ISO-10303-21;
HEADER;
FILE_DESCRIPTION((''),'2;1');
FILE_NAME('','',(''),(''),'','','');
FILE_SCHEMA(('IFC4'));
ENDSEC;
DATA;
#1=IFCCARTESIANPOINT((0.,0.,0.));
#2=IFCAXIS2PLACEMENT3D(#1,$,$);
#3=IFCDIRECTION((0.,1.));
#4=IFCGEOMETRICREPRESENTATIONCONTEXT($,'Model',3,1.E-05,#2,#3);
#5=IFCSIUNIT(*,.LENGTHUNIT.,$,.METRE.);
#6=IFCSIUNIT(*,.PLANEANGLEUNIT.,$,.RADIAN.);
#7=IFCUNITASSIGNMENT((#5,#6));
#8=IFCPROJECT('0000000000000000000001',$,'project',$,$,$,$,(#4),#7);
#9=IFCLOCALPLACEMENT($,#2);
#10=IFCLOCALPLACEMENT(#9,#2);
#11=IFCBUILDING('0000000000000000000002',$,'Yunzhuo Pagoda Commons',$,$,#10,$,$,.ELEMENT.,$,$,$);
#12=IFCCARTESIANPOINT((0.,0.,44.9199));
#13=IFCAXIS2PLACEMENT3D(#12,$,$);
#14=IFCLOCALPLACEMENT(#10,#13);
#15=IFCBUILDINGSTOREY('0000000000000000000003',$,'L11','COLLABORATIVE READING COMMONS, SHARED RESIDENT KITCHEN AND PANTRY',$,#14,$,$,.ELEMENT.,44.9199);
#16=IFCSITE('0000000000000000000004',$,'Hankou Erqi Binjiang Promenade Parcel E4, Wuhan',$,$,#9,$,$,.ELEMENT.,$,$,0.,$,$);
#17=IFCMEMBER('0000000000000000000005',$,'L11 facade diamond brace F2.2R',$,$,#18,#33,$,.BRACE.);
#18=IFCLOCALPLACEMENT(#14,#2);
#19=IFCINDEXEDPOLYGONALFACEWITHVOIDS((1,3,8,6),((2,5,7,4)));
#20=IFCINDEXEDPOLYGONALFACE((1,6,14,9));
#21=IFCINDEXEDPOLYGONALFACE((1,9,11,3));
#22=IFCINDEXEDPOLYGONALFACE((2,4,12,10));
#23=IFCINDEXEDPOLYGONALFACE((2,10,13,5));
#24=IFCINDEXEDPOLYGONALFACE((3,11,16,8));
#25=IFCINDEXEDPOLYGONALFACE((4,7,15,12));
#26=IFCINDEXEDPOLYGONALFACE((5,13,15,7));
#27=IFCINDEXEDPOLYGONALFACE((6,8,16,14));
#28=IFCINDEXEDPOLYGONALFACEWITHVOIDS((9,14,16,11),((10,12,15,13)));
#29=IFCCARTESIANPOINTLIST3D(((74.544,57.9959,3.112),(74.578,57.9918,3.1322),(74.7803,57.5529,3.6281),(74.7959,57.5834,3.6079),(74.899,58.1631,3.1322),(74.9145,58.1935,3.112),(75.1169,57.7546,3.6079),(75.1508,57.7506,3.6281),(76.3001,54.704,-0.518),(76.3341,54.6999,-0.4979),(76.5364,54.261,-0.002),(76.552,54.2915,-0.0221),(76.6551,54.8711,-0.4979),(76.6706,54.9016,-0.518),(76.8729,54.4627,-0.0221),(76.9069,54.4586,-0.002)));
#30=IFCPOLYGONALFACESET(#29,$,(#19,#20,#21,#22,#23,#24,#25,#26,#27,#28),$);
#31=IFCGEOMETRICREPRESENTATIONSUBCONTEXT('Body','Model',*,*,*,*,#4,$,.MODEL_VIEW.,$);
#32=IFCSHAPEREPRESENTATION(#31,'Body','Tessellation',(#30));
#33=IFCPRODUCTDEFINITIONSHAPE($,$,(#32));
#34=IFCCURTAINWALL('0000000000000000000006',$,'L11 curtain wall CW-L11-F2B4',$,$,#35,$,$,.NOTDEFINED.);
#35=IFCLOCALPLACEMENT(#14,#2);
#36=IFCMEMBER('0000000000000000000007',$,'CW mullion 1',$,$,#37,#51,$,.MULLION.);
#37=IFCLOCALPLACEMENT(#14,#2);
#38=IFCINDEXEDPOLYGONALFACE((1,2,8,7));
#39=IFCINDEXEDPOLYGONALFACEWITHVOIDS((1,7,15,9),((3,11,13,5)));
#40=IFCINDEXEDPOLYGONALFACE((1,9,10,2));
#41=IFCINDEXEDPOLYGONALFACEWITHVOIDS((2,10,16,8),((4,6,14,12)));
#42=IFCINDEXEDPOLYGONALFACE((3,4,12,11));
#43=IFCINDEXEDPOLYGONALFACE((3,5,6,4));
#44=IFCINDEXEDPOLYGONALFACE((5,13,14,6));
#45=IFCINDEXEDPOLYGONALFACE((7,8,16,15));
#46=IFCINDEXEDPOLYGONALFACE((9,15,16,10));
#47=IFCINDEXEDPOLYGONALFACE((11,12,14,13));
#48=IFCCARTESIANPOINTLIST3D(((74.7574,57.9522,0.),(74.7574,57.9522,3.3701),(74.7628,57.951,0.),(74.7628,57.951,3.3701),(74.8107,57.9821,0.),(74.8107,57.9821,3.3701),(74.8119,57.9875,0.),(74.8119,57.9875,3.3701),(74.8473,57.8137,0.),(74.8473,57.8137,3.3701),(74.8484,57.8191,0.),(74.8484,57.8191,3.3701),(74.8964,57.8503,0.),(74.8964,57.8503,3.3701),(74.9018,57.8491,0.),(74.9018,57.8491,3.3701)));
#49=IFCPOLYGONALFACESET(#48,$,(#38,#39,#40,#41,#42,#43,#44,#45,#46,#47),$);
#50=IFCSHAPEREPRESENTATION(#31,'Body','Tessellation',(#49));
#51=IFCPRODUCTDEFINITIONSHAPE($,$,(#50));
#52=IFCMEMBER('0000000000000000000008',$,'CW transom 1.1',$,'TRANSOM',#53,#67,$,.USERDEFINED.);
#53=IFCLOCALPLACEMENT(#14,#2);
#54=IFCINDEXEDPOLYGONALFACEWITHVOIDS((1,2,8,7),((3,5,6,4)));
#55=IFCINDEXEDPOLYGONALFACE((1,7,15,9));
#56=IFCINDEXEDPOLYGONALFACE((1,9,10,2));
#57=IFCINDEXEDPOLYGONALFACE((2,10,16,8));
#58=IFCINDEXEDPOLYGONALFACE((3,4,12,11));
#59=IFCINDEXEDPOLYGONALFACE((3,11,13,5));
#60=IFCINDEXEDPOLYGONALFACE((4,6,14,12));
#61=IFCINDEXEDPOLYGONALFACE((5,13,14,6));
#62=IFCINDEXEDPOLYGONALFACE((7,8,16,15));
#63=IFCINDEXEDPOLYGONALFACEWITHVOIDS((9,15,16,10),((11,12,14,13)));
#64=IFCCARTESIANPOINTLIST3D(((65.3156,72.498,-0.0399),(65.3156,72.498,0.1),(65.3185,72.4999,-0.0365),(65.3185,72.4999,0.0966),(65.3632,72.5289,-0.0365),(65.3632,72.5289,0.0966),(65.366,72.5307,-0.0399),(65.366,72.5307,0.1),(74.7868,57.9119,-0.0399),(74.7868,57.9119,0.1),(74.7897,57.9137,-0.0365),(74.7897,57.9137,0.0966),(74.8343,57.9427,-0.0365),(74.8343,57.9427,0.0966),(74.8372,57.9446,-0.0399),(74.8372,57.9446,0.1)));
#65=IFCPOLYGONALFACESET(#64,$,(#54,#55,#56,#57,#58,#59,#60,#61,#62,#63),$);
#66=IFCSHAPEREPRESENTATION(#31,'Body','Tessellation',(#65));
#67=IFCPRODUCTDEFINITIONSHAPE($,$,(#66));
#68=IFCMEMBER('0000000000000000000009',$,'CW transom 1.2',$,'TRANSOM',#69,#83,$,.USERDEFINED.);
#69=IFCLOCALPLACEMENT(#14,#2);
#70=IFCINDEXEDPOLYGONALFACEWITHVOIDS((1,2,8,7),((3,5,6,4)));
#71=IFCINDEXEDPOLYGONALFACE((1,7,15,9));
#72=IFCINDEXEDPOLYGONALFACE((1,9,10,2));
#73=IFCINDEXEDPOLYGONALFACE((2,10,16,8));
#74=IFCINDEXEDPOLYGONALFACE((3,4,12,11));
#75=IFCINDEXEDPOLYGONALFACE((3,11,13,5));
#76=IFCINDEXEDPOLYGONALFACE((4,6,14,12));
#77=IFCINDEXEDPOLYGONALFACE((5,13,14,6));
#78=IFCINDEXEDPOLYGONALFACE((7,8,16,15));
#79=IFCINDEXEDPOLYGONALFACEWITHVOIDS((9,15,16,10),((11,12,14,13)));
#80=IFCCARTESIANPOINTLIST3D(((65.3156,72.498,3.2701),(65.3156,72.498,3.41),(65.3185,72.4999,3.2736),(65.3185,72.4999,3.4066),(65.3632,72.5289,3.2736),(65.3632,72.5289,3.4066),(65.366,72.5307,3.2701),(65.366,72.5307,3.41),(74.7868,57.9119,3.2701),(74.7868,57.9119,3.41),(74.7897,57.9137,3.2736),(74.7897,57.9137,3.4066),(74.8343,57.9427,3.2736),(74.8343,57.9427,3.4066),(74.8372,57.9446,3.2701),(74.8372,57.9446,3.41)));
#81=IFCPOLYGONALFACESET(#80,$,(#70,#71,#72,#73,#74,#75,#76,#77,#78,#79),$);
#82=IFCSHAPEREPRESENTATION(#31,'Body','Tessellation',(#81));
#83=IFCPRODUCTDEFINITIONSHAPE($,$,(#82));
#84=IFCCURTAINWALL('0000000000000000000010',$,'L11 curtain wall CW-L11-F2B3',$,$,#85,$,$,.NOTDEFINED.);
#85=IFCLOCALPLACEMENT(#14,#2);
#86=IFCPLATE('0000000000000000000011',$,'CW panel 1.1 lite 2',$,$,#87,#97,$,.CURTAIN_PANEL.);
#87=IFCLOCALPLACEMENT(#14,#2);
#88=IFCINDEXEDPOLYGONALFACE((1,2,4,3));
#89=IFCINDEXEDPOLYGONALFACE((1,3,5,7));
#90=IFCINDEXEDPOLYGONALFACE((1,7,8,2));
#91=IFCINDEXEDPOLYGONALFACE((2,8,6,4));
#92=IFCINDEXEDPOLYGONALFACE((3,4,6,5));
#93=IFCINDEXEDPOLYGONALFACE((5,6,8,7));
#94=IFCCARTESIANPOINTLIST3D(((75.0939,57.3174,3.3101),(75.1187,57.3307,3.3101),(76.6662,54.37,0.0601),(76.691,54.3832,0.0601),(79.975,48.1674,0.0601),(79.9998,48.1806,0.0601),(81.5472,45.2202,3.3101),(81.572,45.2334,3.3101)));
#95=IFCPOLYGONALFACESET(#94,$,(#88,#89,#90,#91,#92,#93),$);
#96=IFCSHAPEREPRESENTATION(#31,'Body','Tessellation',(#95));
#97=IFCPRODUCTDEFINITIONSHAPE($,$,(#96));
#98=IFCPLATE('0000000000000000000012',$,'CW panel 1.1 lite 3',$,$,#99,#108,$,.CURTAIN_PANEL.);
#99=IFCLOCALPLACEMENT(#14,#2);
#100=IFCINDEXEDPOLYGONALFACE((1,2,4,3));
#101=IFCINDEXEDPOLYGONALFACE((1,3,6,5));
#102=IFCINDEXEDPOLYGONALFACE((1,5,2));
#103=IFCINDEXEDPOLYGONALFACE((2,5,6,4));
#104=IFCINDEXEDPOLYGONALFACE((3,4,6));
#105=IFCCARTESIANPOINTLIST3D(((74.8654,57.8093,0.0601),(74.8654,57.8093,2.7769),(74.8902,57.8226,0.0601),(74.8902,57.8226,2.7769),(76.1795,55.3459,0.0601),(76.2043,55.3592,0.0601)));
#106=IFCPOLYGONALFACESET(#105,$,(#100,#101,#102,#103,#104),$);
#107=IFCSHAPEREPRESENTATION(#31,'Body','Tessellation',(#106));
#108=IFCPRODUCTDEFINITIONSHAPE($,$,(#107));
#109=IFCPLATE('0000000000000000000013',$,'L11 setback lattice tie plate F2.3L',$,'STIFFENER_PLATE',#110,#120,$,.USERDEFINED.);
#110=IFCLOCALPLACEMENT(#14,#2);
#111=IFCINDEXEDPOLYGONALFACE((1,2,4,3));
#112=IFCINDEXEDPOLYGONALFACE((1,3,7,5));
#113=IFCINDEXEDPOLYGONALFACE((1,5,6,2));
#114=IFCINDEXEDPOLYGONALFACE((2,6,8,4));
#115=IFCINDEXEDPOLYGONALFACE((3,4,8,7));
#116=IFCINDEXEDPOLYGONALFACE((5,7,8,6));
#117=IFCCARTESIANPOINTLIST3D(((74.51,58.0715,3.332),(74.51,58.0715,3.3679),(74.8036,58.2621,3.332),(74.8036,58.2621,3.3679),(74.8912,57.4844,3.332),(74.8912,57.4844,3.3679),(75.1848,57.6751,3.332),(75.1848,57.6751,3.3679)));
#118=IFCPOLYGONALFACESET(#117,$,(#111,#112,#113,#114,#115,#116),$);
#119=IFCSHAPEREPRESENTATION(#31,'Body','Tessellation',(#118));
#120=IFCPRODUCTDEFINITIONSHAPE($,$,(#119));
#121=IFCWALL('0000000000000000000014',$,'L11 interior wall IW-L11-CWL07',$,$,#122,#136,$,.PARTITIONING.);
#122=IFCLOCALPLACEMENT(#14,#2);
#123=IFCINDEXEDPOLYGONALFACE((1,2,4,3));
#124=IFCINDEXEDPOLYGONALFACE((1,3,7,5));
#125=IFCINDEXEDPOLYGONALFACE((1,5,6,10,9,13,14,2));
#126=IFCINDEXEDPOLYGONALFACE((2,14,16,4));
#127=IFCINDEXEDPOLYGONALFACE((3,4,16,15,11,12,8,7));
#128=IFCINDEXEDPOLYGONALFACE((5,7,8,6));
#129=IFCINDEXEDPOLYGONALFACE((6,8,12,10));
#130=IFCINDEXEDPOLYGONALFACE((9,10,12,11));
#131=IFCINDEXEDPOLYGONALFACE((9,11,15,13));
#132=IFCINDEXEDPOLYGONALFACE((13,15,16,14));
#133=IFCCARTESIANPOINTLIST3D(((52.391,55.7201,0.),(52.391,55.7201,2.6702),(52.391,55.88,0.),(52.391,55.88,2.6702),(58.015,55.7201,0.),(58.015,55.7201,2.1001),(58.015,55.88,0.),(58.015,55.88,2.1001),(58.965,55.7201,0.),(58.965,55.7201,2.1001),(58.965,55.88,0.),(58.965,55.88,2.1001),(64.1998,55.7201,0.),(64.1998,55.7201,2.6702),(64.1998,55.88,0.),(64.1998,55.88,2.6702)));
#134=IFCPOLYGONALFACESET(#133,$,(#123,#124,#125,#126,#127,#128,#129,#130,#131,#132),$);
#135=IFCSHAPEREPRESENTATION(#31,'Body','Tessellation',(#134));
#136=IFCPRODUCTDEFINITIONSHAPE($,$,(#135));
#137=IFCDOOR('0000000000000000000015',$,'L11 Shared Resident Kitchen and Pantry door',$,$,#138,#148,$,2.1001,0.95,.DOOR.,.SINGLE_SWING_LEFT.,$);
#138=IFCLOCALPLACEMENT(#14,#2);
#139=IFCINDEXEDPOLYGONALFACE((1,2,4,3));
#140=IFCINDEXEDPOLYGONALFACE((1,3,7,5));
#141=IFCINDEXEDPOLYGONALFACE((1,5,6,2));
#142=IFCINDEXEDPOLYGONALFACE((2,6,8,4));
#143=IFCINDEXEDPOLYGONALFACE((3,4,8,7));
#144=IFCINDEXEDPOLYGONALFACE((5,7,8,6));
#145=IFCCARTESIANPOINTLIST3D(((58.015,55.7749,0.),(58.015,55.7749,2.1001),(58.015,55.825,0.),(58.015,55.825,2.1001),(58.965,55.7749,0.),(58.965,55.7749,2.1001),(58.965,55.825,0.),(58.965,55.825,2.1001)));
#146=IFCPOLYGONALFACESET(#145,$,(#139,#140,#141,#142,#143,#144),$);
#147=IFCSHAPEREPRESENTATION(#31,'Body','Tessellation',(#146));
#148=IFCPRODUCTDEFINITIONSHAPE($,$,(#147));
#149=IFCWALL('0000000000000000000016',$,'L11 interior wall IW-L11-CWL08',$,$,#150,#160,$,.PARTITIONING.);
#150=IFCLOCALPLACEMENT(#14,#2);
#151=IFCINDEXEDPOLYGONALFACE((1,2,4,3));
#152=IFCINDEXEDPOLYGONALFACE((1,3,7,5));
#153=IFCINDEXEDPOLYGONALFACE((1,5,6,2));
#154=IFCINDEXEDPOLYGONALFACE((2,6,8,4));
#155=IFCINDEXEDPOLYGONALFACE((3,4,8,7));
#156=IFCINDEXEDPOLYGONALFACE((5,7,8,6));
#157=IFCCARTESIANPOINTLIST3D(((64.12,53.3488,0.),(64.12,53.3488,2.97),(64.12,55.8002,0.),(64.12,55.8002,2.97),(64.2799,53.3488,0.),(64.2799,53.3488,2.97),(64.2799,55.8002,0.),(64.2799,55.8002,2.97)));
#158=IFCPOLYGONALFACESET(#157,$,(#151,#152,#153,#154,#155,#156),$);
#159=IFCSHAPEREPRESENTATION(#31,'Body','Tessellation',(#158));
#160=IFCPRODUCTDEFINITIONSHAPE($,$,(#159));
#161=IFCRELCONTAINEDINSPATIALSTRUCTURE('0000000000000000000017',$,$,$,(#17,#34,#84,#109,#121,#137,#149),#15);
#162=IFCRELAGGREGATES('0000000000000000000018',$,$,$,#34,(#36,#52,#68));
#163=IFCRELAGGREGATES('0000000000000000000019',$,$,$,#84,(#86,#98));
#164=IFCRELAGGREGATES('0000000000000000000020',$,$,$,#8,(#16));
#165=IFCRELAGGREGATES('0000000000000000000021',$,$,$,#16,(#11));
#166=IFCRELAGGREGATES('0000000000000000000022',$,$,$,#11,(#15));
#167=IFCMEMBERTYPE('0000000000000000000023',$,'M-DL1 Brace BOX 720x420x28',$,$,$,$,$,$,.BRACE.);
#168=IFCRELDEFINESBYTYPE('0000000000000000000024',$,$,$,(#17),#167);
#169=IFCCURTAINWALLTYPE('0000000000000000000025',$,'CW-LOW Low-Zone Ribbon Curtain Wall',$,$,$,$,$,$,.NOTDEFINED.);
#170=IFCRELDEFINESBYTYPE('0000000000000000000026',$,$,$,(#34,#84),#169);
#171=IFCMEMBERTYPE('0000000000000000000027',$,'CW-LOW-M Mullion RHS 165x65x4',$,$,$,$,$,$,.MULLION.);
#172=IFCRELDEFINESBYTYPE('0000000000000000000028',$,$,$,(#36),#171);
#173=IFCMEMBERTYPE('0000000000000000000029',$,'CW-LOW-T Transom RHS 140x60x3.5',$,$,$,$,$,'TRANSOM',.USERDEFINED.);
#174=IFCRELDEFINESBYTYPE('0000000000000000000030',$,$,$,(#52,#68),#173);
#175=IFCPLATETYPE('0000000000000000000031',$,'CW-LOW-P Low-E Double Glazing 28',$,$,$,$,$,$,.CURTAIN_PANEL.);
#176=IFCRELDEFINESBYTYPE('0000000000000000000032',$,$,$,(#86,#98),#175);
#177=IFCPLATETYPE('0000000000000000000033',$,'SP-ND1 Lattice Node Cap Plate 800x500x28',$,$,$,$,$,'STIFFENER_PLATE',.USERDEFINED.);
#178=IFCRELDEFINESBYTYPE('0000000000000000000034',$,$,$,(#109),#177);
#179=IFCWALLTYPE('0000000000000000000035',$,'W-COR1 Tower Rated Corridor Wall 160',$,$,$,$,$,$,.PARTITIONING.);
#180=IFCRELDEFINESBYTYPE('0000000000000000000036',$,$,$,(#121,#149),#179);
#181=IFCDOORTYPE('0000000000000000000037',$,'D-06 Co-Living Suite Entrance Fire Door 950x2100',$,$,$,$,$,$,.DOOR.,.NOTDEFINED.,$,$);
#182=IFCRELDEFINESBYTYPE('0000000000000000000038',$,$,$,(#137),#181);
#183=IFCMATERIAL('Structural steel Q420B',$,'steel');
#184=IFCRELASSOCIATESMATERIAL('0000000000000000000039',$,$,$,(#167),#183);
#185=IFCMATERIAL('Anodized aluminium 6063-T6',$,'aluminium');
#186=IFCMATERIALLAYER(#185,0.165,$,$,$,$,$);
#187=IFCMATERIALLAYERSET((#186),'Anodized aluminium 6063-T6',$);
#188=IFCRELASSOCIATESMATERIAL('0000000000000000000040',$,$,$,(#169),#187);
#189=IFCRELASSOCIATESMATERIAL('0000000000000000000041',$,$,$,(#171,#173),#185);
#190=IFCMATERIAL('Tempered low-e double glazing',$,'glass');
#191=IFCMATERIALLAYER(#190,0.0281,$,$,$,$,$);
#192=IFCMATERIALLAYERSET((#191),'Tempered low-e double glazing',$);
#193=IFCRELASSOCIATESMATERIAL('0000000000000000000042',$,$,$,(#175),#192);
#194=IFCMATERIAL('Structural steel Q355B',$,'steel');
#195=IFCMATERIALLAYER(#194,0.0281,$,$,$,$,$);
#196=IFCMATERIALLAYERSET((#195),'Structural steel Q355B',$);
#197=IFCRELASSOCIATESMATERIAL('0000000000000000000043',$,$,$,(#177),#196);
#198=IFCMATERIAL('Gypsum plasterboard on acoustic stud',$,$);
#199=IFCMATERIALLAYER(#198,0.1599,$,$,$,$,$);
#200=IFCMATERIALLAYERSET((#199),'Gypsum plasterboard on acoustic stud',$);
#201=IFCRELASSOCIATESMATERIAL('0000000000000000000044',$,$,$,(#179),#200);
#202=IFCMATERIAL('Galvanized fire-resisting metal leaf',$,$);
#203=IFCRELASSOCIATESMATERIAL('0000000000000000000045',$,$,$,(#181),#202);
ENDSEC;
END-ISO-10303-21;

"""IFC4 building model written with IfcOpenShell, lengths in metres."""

from ifc_helpers import new_model, si_unit, direction, frame, frame_2d, origin, origin_with_axes, origin_2d, place, context, subcontext, project, spatial, polyline, rectangle, hollow_rectangle, outline, extrude, source, transform, mapped, material, layer, layer_set, material_profile, profile_set, type_object, element, fill, aggregate, save


model = new_model("IFC4")

# Units and contexts
model_context = context("Model", 3, precision=1e-05, world=origin(), true_north=direction((0.0, 1.0)))
body_context = subcontext(model_context, "Body", "Model", "MODEL_VIEW")
ifc_project = project(units=[si_unit("LENGTHUNIT", "METRE"), si_unit("PLANEANGLEUNIT", "RADIAN")], contexts=[model_context])

# Site, building, storey
site_placement = place(None, origin())
site = spatial("IfcSite", under=ifc_project, at=site_placement, Name="Hankou Erqi Binjiang Promenade Parcel E4, Wuhan", CompositionType="ELEMENT", RefElevation=0.0)
building_placement = place(site_placement, origin())
building = spatial("IfcBuilding", under=site, at=building_placement, Name="Yunzhuo Pagoda Commons", CompositionType="ELEMENT")
storey_placement = place(building_placement, frame((0.0, 0.0, 44.9199)))
storey = spatial("IfcBuildingStorey", under=building, at=storey_placement, Name="L11", Description="COLLABORATIVE READING COMMONS, SHARED RESIDENT KITCHEN AND PANTRY", CompositionType="ELEMENT", Elevation=44.9199)

# Shared definitions
ifc_material_1 = material(Name="Structural steel Q420B", Category="steel")

# Shared definitions
ifc_material_2 = material(Name="Structural steel Q355B", Category="steel")

# Member
ifc_material_profile_1 = material_profile(ifc_material_1, hollow_rectangle(XDim=0.4199, YDim=0.72, WallThickness=0.0281, at=origin_2d()), Name="Structural steel Q420B")
ifc_profile_set_1 = profile_set([ifc_material_profile_1], Name="Structural steel Q420B")
member_type_1 = type_object("IfcMemberType", Name="M-DL1 Brace BOX 720x420x28", PredefinedType="BRACE", material=ifc_profile_set_1)
shared_shape_1 = source(origin(), body_context, "Body", "SweptSolid", [
    extrude(hollow_rectangle(XDim=0.4199, YDim=0.72, WallThickness=0.0281, at=origin_2d()), origin(), (0.0, 0.0, 1.0), 5.2056),
])
member_1_placement = place(storey_placement, frame((76.6035, 54.5813, -0.26), z_axis=(-0.337345, 0.632387, 0.697342), x_axis=(-0.882311, -0.470666, 0.0)))
element("IfcMember", 1, at=member_1_placement, inside=storey, type_object=member_type_1, Name="L11 facade diamond brace F2.2R", PredefinedType="BRACE", context=body_context, shape_type="MappedRepresentation", body=[
    mapped(shared_shape_1, transform((0.0, 0.0, 0.0), scale=1.0)),
])

# Curtain wall, members
ifc_material_3 = material(Name="Anodized aluminium 6063-T6", Category="aluminium")
ifc_layer_1 = layer(ifc_material_3, 0.165)
ifc_layer_set_1 = layer_set([ifc_layer_1], Name="Anodized aluminium 6063-T6")
curtain_wall_type = type_object("IfcCurtainWallType", Name="CW-LOW Low-Zone Ribbon Curtain Wall", PredefinedType="NOTDEFINED", material=ifc_layer_set_1)
curtain_wall_1_placement = place(storey_placement, origin())
curtain_wall_1 = element("IfcCurtainWall", 2, at=curtain_wall_1_placement, inside=storey, type_object=curtain_wall_type, Name="L11 curtain wall CW-L11-F2B4", PredefinedType="NOTDEFINED")
ifc_material_profile_2 = material_profile(ifc_material_3, hollow_rectangle(XDim=0.0649, YDim=0.165, WallThickness=0.0039, at=origin_2d()), Name="Anodized aluminium 6063-T6")
ifc_profile_set_2 = profile_set([ifc_material_profile_2], Name="Anodized aluminium 6063-T6")
member_type_2 = type_object("IfcMemberType", Name="CW-LOW-M Mullion RHS 165x65x4", PredefinedType="MULLION", material=ifc_profile_set_2)
shared_shape_2 = source(origin(), body_context, "Body", "SweptSolid", [
    extrude(hollow_rectangle(XDim=0.0649, YDim=0.165, WallThickness=0.0039, at=origin_2d()), origin(), (0.0, 0.0, 1.0), 3.3701),
])
member_2_placement = place(storey_placement, frame((74.8296, 57.9006, 0.0), z_axis=(0.0, 0.0, 1.0), x_axis=(-0.83871, -0.544579, 0.0)))
member_2 = element("IfcMember", 3, at=member_2_placement, type_object=member_type_2, Name="CW mullion 1", PredefinedType="MULLION", context=body_context, shape_type="MappedRepresentation", body=[
    mapped(shared_shape_2, transform((0.0, 0.0, 0.0), scale=1.0)),
])
ifc_material_profile_3 = material_profile(ifc_material_3, hollow_rectangle(XDim=0.0601, YDim=0.1399, WallThickness=0.0034, at=origin_2d()), Name="Anodized aluminium 6063-T6")
ifc_profile_set_3 = profile_set([ifc_material_profile_3], Name="Anodized aluminium 6063-T6")
member_type_3 = type_object("IfcMemberType", Name="CW-LOW-T Transom RHS 140x60x3.5", ElementType="TRANSOM", PredefinedType="USERDEFINED", material=ifc_profile_set_3)
shared_shape_3 = source(origin(), body_context, "Body", "SweptSolid", [
    extrude(hollow_rectangle(XDim=0.0601, YDim=0.1399, WallThickness=0.0034, at=origin_2d()), origin(), (0.0, 0.0, 1.0), 17.3914),
])
member_3_placement = place(storey_placement, frame((74.812, 57.9282, 0.03), z_axis=(-0.544591, 0.838702, 0.0), x_axis=(-0.838702, -0.544591, 0.0)))
member_3 = element("IfcMember", 4, at=member_3_placement, type_object=member_type_3, Name="CW transom 1.1", ObjectType="TRANSOM", PredefinedType="USERDEFINED", context=body_context, shape_type="MappedRepresentation", body=[
    mapped(shared_shape_3, transform((0.0, 0.0, 0.0), scale=1.0)),
])
member_4_placement = place(storey_placement, frame((74.812, 57.9282, 3.3401), z_axis=(-0.544591, 0.838702, 0.0), x_axis=(-0.838702, -0.544591, 0.0)))
member_4 = element("IfcMember", 5, at=member_4_placement, type_object=member_type_3, Name="CW transom 1.2", ObjectType="TRANSOM", PredefinedType="USERDEFINED", context=body_context, shape_type="MappedRepresentation", body=[
    mapped(shared_shape_3, transform((0.0, 0.0, 0.0), scale=1.0)),
])
aggregate(curtain_wall_1, [member_2, member_3, member_4])

# Curtain wall, plates
curtain_wall_2_placement = place(storey_placement, origin())
curtain_wall_2 = element("IfcCurtainWall", 6, at=curtain_wall_2_placement, inside=storey, type_object=curtain_wall_type, Name="L11 curtain wall CW-L11-F2B3", PredefinedType="NOTDEFINED")
ifc_material_4 = material(Name="Tempered low-e double glazing", Category="glass")
ifc_layer_2 = layer(ifc_material_4, 0.0281)
ifc_layer_set_2 = layer_set([ifc_layer_2], Name="Tempered low-e double glazing")
plate_type_1 = type_object("IfcPlateType", Name="CW-LOW-P Low-E Double Glazing 28", PredefinedType="CURTAIN_PANEL", material=ifc_layer_set_2)
plate_1_placement = place(storey_placement, frame((78.3206, 51.2688, 1.6851), z_axis=(0.882309, 0.47067, 0.0), x_axis=(-0.47067, 0.882309, 0.0)))
plate_1 = element("IfcPlate", 7, at=plate_1_placement, type_object=plate_type_1, Name="CW panel 1.1 lite 2", PredefinedType="CURTAIN_PANEL", context=body_context, shape_type="SweptSolid", body=[
    extrude(outline(polyline([(-6.8555, 1.625), (-3.5151, -1.625), (3.5149, -1.625), (6.8555, 1.625), (-6.8555, 1.625)])), origin(), (0.0, 0.0, 1.0), 0.0281),
])
plate_2_placement = place(storey_placement, frame((75.5225, 56.5776, 1.4185), z_axis=(0.882309, 0.47067, 0.0), x_axis=(-0.47067, 0.882309, 0.0)))
plate_2 = element("IfcPlate", 8, at=plate_2_placement, type_object=plate_type_1, Name="CW panel 1.1 lite 3", PredefinedType="CURTAIN_PANEL", context=body_context, shape_type="SweptSolid", body=[
    extrude(outline(polyline([(-1.396, -1.3584), (1.396, -1.3584), (1.396, 1.3584), (-1.396, -1.3584)])), origin(), (0.0, 0.0, 1.0), 0.0281),
])
aggregate(curtain_wall_2, [plate_1, plate_2])

# Plate
ifc_layer_3 = layer(ifc_material_2, 0.0281)
ifc_layer_set_3 = layer_set([ifc_layer_3], Name="Structural steel Q355B")
plate_type_2 = type_object("IfcPlateType", Name="SP-ND1 Lattice Node Cap Plate 800x500x28", ElementType="STIFFENER_PLATE", PredefinedType="USERDEFINED", material=ifc_layer_set_3)
shared_shape_4 = source(origin(), body_context, "Body", "SweptSolid", [
    extrude(rectangle(XDim=0.7, YDim=0.3501, at=origin_2d()), origin(), (0.0, 0.0, 1.0), 0.0359),
])
plate_3_placement = place(storey_placement, frame((74.8474, 57.8733, 3.332), z_axis=(0.0, 0.0, 1.0), x_axis=(-0.54458, 0.838709, 0.0)))
element("IfcPlate", 9, at=plate_3_placement, inside=storey, type_object=plate_type_2, Name="L11 setback lattice tie plate F2.3L", ObjectType="STIFFENER_PLATE", PredefinedType="USERDEFINED", context=body_context, shape_type="MappedRepresentation", body=[
    mapped(shared_shape_4, transform((0.0, 0.0, 0.0), scale=1.0)),
])

# Wall, opening, door
ifc_material_5 = material(Name="Gypsum plasterboard on acoustic stud")
ifc_layer_4 = layer(ifc_material_5, 0.1599)
ifc_layer_set_4 = layer_set([ifc_layer_4], Name="Gypsum plasterboard on acoustic stud")
wall_type_1 = type_object("IfcWallType", Name="W-COR1 Tower Rated Corridor Wall 160", PredefinedType="PARTITIONING", material=ifc_layer_set_4)
wall_1_placement = place(storey_placement, frame((52.3911, 55.8, 0.0), z_axis=(0.0, 0.0, 1.0), x_axis=(1.0, 0.0, 0.0)))
wall_1 = element("IfcWall", 10, at=wall_1_placement, inside=storey, type_object=wall_type_1, Name="L11 interior wall IW-L11-CWL07", PredefinedType="PARTITIONING", context=body_context, shape_type="SweptSolid", body=[
    extrude(rectangle(XDim=11.8088, YDim=0.1599, at=frame_2d((5.9043, 0.0))), origin(), (0.0, 0.0, 1.0), 2.6702),
])
opening_1_placement = place(wall_1_placement, frame((5.6238, 0.0, 0.0)))
opening_1 = element("IfcOpeningElement", 11, at=opening_1_placement, cuts=wall_1, PredefinedType="OPENING", context=body_context, shape_type="SweptSolid", body=[
    extrude(rectangle(XDim=0.95, YDim=2.1001, at=frame_2d((0.4751, 1.05))), frame((0.0, 0.0898, 0.0), z_axis=(0.0, -1.0, 0.0), x_axis=(1.0, 0.0, 0.0)), (0.0, 0.0, 1.0), 0.1799),
])
ifc_material_6 = material(Name="Galvanized fire-resisting metal leaf")
door_type_1 = type_object("IfcDoorType", Name="D-06 Co-Living Suite Entrance Fire Door 950x2100", OperationType="NOTDEFINED", PredefinedType="DOOR", material=ifc_material_6)
shared_shape_5 = source(origin(), body_context, "Body", "SweptSolid", [
    extrude(rectangle(XDim=0.95, YDim=2.1001, at=frame_2d((0.4751, 1.05))), frame((0.0, 0.0249, 0.0), z_axis=(0.0, -1.0, 0.0), x_axis=(1.0, 0.0, 0.0)), (0.0, 0.0, 1.0), 0.05),
])
door_1_placement = place(opening_1_placement, origin_with_axes())
door_1 = element("IfcDoor", 12, at=door_1_placement, inside=storey, type_object=door_type_1, Name="L11 Shared Resident Kitchen and Pantry door", OperationType="SINGLE_SWING_LEFT", OverallHeight=2.1001, OverallWidth=0.95, PredefinedType="DOOR", context=body_context, shape_type="MappedRepresentation", body=[
    mapped(shared_shape_5, transform((0.0, 0.0, 0.0), scale=1.0)),
])
fill(opening_1, door_1)

# Wall
wall_2_placement = place(storey_placement, frame((64.2, 55.8, 0.0), z_axis=(0.0, 0.0, 1.0), x_axis=(0.0, -1.0, 0.0)))
element("IfcWall", 13, at=wall_2_placement, inside=storey, type_object=wall_type_1, Name="L11 interior wall IW-L11-CWL08", PredefinedType="PARTITIONING", context=body_context, shape_type="SweptSolid", body=[
    extrude(rectangle(XDim=2.4514, YDim=0.1599, at=frame_2d((1.2256, 0.0))), origin(), (0.0, 0.0, 1.0), 2.97),
])

save(model, "model.ifc")
